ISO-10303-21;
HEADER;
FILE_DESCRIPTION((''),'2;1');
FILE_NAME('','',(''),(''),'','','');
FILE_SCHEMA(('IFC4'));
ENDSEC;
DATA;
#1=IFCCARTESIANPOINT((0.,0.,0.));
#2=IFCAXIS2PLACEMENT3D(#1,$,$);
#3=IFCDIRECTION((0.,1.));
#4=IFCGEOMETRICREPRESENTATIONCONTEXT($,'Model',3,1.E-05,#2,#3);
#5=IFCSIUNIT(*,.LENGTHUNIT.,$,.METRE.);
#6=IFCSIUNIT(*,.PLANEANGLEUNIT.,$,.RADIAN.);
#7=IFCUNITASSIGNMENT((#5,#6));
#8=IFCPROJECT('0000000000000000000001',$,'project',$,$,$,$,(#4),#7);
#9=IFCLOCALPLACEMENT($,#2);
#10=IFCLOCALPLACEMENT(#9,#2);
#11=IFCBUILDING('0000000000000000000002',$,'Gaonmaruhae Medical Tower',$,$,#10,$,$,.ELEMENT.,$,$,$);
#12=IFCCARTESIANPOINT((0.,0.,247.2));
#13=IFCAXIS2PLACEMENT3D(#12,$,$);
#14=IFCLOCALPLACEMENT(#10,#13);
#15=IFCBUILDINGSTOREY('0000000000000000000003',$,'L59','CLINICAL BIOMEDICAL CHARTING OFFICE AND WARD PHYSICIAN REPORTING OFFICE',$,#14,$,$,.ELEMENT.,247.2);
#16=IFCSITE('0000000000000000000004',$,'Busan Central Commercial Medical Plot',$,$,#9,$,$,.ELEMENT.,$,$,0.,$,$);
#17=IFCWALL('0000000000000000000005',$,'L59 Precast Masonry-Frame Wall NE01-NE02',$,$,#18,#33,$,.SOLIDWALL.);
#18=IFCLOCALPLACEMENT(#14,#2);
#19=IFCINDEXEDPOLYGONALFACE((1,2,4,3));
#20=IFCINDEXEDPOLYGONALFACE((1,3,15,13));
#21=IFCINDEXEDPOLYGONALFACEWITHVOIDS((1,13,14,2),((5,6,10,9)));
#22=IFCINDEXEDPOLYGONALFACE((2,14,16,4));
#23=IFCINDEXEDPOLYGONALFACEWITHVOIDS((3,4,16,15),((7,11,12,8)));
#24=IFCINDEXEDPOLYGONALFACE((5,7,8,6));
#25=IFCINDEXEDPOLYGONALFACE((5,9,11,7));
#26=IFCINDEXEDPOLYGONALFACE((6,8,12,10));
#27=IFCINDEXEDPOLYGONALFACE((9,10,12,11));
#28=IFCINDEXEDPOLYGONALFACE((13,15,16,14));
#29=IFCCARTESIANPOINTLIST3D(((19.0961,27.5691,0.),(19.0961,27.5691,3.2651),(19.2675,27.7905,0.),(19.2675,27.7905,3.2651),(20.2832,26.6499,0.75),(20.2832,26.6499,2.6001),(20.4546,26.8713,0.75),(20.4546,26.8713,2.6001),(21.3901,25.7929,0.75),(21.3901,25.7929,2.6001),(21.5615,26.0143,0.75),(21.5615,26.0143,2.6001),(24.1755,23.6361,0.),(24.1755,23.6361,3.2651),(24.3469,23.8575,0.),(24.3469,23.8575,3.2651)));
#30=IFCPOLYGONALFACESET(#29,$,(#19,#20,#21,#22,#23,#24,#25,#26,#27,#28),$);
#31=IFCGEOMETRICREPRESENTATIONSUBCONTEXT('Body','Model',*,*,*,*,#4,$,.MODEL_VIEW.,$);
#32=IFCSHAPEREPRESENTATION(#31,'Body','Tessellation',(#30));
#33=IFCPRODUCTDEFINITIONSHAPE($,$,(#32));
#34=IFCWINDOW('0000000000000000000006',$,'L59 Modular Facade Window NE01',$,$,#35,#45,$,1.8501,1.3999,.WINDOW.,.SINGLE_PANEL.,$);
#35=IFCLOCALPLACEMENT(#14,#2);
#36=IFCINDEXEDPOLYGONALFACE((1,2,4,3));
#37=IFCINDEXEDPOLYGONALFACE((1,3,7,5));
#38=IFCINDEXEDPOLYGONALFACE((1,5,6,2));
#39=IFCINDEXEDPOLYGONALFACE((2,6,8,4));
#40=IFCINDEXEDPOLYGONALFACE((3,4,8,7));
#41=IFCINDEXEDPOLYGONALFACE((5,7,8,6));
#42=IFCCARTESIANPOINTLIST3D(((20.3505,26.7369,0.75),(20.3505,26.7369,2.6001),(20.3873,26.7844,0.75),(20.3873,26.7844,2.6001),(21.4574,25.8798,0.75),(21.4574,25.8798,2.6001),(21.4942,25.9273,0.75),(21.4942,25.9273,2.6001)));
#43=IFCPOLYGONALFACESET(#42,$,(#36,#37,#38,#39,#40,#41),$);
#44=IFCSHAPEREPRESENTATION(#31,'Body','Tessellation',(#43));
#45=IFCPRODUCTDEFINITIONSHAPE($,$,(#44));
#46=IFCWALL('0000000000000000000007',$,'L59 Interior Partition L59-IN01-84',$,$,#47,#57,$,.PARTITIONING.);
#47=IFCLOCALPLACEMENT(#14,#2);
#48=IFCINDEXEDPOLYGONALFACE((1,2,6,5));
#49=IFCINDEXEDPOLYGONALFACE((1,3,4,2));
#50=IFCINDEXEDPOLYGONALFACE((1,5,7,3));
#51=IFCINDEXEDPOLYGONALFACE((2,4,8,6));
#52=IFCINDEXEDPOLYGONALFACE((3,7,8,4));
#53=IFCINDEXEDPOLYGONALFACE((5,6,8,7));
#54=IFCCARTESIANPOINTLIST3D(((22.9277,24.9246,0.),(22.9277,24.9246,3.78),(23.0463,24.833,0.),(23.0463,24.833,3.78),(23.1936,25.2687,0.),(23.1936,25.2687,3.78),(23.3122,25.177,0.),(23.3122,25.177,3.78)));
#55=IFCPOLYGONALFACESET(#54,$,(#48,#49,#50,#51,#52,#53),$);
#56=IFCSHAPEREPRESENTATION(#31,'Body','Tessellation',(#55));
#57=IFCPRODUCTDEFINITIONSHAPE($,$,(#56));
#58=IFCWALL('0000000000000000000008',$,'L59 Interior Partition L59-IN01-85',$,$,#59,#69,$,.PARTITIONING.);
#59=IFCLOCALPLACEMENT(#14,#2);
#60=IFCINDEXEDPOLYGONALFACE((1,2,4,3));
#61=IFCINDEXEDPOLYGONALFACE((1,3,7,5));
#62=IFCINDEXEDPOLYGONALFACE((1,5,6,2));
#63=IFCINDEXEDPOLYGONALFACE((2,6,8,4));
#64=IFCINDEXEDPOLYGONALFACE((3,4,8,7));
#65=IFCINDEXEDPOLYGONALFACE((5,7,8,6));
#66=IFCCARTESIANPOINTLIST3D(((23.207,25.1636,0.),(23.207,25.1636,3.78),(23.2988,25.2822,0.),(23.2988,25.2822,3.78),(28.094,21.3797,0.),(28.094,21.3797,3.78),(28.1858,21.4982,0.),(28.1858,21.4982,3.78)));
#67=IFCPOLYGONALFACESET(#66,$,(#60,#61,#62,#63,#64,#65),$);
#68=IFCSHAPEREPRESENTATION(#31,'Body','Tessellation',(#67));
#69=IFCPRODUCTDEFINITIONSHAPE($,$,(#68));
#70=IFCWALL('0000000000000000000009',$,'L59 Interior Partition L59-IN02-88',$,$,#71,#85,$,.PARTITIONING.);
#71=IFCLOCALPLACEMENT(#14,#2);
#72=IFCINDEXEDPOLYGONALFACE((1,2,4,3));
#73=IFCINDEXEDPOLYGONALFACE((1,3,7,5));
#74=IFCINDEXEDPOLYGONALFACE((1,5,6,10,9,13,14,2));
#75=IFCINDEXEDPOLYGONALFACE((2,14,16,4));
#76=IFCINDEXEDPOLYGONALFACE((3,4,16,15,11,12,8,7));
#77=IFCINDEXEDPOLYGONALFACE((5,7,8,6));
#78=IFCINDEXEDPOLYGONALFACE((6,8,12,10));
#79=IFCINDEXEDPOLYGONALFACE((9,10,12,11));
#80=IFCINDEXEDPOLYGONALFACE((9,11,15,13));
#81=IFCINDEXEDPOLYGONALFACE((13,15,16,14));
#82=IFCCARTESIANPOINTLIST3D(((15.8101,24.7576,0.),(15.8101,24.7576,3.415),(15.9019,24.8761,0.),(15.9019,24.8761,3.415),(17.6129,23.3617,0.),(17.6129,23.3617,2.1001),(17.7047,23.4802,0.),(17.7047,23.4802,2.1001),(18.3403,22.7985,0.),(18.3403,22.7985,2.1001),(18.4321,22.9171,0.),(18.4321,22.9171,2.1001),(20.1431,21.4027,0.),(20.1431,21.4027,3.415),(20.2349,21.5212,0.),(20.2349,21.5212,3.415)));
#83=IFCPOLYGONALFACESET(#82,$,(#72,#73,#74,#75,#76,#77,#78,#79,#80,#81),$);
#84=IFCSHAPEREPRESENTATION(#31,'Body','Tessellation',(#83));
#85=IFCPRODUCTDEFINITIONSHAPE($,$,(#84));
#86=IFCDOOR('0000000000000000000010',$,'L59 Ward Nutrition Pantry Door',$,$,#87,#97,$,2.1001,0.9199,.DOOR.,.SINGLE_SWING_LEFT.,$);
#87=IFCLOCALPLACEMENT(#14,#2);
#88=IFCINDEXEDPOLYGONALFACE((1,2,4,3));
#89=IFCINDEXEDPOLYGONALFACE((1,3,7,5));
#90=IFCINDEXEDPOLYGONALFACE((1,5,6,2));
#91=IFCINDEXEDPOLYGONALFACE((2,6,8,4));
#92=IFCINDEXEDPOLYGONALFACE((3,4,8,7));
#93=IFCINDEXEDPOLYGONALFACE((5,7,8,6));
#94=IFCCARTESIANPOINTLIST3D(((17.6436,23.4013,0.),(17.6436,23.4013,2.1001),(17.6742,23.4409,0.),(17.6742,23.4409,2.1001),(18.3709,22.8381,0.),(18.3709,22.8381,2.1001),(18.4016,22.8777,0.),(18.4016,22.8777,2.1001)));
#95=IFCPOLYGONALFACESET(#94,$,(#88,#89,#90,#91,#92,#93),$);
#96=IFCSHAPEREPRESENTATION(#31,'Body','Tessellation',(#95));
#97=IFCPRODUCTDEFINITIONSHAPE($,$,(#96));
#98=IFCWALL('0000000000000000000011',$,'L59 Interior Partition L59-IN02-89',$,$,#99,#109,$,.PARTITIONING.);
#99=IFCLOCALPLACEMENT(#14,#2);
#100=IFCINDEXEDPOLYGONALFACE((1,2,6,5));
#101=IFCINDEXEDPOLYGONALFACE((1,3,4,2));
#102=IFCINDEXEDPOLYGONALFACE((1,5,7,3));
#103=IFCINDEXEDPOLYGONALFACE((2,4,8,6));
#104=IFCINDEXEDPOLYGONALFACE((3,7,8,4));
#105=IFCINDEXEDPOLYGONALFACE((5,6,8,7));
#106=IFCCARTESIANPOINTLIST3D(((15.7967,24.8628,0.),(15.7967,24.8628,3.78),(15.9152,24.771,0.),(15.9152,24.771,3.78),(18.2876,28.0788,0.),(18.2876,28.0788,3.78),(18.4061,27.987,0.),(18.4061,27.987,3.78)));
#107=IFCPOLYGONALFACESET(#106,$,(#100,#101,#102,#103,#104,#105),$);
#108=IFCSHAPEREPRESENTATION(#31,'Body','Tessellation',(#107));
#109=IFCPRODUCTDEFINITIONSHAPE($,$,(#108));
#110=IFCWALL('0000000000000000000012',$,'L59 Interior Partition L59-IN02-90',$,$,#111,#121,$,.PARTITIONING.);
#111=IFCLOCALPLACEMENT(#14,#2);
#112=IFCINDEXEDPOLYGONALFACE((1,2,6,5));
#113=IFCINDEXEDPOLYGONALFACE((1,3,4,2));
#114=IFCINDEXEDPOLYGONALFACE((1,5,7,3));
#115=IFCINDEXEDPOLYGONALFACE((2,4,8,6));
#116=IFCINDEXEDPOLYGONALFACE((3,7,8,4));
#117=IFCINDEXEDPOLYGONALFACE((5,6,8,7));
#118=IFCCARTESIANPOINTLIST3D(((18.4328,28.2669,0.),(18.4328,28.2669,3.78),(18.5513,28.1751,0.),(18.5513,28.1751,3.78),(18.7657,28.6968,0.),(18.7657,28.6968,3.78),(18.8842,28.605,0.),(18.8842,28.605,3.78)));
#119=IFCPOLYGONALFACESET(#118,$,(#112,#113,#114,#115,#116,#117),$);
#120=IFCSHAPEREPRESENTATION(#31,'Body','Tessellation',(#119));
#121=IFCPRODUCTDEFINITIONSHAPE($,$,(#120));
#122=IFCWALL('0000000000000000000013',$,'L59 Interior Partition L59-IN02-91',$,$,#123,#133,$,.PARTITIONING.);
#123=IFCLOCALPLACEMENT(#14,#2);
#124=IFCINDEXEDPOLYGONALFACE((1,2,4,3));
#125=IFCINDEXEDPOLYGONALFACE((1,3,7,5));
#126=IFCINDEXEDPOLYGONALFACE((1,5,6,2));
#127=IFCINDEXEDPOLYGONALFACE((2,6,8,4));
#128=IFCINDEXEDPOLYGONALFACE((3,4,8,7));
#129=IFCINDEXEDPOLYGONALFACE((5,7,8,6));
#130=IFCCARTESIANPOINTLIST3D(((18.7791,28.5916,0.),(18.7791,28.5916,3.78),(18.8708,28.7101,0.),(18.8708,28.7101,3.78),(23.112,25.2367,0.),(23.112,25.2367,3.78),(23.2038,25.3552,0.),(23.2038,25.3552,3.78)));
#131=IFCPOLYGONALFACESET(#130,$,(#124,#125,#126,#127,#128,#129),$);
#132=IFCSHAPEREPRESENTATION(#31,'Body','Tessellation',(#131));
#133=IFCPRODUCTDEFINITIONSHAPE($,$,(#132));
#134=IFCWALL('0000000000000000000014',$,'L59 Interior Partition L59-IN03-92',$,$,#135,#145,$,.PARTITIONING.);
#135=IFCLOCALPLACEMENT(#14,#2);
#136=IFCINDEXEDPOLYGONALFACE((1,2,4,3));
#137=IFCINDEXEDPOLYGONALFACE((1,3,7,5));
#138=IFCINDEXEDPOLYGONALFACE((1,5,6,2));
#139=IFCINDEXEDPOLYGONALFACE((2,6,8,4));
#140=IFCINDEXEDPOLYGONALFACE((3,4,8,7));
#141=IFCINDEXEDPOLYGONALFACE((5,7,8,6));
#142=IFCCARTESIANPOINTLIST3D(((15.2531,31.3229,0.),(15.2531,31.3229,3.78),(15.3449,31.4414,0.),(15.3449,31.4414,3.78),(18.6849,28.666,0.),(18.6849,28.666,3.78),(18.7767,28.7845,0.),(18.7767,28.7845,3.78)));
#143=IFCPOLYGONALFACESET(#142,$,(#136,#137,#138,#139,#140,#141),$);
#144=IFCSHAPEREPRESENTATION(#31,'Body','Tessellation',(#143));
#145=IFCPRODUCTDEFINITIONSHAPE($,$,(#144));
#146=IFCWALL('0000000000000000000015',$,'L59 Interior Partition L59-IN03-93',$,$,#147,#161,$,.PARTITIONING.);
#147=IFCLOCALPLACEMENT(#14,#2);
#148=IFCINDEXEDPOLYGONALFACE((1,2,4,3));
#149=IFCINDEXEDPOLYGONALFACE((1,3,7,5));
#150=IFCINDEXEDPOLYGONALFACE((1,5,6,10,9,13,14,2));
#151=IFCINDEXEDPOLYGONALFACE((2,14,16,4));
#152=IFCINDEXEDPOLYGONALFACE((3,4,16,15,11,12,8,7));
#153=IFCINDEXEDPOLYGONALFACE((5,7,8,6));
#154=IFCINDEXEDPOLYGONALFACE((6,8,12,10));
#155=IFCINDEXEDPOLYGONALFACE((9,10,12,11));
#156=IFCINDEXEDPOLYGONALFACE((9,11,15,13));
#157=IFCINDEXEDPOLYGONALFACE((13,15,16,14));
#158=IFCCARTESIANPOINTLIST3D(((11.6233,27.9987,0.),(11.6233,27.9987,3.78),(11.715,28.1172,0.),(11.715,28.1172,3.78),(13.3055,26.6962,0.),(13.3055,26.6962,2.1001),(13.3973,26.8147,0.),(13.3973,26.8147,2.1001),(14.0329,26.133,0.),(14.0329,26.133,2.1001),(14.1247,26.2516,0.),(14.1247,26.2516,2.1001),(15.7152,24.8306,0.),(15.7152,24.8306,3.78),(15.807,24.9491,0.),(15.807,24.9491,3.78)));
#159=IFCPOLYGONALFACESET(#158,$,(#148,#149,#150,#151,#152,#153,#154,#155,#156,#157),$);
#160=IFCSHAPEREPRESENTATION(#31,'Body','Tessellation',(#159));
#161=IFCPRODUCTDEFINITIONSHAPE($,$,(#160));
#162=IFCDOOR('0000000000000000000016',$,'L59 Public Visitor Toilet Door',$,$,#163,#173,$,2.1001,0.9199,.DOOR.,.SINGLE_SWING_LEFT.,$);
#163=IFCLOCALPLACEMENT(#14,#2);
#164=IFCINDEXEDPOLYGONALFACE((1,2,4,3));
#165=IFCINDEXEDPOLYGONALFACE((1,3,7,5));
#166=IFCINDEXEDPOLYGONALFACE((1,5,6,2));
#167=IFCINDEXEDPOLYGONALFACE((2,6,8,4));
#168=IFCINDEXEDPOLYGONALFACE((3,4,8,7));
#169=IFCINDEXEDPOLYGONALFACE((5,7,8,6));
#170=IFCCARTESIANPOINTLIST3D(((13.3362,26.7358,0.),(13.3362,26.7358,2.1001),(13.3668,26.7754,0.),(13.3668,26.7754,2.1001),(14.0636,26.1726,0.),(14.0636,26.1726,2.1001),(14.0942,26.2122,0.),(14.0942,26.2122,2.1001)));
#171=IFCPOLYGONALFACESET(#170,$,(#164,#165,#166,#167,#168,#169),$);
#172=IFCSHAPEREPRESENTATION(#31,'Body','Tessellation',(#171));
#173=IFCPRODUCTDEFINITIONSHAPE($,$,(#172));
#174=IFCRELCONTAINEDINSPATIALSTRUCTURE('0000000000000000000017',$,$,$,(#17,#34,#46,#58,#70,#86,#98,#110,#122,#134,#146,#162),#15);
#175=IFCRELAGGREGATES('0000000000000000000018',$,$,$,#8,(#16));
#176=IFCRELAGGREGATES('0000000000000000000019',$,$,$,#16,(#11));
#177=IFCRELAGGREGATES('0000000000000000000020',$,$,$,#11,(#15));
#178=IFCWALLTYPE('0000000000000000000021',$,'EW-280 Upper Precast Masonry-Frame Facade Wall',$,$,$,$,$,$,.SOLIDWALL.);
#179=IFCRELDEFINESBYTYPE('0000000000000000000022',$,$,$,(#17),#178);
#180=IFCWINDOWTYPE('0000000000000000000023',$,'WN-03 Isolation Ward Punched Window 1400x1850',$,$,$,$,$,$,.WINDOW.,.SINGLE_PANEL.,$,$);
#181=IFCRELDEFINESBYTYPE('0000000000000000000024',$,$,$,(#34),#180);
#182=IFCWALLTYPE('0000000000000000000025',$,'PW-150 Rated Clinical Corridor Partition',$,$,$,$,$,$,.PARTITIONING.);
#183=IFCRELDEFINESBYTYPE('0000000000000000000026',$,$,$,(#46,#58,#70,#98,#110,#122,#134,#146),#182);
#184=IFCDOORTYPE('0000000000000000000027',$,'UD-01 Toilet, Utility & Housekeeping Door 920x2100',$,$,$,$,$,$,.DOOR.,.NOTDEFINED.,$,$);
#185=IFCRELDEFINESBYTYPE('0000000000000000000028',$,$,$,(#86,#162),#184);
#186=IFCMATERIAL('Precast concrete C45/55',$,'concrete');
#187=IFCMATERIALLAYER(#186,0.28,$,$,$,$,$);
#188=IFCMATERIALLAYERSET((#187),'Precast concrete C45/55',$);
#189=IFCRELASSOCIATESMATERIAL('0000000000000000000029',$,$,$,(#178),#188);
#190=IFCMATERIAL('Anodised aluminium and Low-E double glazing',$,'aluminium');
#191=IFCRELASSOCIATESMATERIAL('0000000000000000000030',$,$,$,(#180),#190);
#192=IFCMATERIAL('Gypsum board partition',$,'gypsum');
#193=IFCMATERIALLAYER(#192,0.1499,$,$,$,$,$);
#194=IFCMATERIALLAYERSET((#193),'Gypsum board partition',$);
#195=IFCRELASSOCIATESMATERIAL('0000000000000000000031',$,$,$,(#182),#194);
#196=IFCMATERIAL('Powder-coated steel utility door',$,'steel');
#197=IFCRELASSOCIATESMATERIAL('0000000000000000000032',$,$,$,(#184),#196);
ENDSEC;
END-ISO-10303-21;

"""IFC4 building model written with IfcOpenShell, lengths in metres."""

from ifc_helpers import new_model, si_unit, direction, frame, frame_2d, origin, place, context, subcontext, project, spatial, rectangle, extrude, material, layer, layer_set, type_object, element, fill, save


model = new_model("IFC4")

# Units and contexts
model_context = context("Model", 3, precision=1e-05, world=origin(), true_north=direction((0.0, 1.0)))
body_context = subcontext(model_context, "Body", "Model", "MODEL_VIEW")
ifc_project = project(units=[si_unit("LENGTHUNIT", "METRE"), si_unit("PLANEANGLEUNIT", "RADIAN")], contexts=[model_context])

# Site, building, storey
site_placement = place(None, origin())
site = spatial("IfcSite", under=ifc_project, at=site_placement, Name="Busan Central Commercial Medical Plot", CompositionType="ELEMENT", RefElevation=0.0)
building_placement = place(site_placement, origin())
building = spatial("IfcBuilding", under=site, at=building_placement, Name="Gaonmaruhae Medical Tower", CompositionType="ELEMENT")
storey_placement = place(building_placement, frame((0.0, 0.0, 247.2)))
storey = spatial("IfcBuildingStorey", under=building, at=storey_placement, Name="L59", Description="CLINICAL BIOMEDICAL CHARTING OFFICE AND WARD PHYSICIAN REPORTING OFFICE", CompositionType="ELEMENT", Elevation=247.2)

# Shared definitions
ifc_material_1 = material(Name="Precast concrete C45/55", Category="concrete")
ifc_layer_1 = layer(ifc_material_1, 0.28)
ifc_layer_set_1 = layer_set([ifc_layer_1], Name="Precast concrete C45/55")
wall_type_1 = type_object("IfcWallType", Name="EW-280 Upper Precast Masonry-Frame Facade Wall", PredefinedType="SOLIDWALL", material=ifc_layer_set_1)

# Wall, opening, window
wall_1_placement = place(storey_placement, frame((19.1819, 27.6797, 0.0), z_axis=(0.0, 0.0, 1.0), x_axis=(0.790689, -0.612218, 0.0)))
wall_1 = element("IfcWall", 1, at=wall_1_placement, inside=storey, type_object=wall_type_1, Name="L59 Precast Masonry-Frame Wall NE01-NE02", PredefinedType="SOLIDWALL", context=body_context, shape_type="SweptSolid", body=[
    extrude(rectangle(XDim=6.4241, YDim=0.28, at=frame_2d((3.2119, 0.0))), origin(), (0.0, 0.0, 1.0), 3.2651),
])
opening_1_placement = place(wall_1_placement, frame((1.5012, 0.0, 0.75)))
opening_1 = element("IfcOpeningElement", 2, at=opening_1_placement, cuts=wall_1, PredefinedType="OPENING", context=body_context, shape_type="SweptSolid", body=[
    extrude(rectangle(XDim=1.3999, YDim=1.8501, at=frame_2d((0.7, 0.925))), frame((0.0, 0.1499, 0.0), z_axis=(0.0, -1.0, 0.0), x_axis=(1.0, 0.0, 0.0)), (0.0, 0.0, 1.0), 0.3),
])
ifc_material_2 = material(Name="Anodised aluminium and Low-E double glazing", Category="aluminium")
window_type = type_object("IfcWindowType", Name="WN-03 Isolation Ward Punched Window 1400x1850", PartitioningType="SINGLE_PANEL", PredefinedType="WINDOW", material=ifc_material_2)
window_placement = place(opening_1_placement, origin())
window = element("IfcWindow", 3, at=window_placement, inside=storey, type_object=window_type, Name="L59 Modular Facade Window NE01", OverallHeight=1.8501, OverallWidth=1.3999, PartitioningType="SINGLE_PANEL", PredefinedType="WINDOW", context=body_context, shape_type="SweptSolid", body=[
    extrude(rectangle(XDim=1.3999, YDim=1.8501, at=frame_2d((0.7, 0.925))), frame((0.0, 0.03, 0.0), z_axis=(0.0, -1.0, 0.0), x_axis=(1.0, 0.0, 0.0)), (0.0, 0.0, 1.0), 0.0601),
])
fill(opening_1, window)

# Walls
ifc_material_3 = material(Name="Gypsum board partition", Category="gypsum")
ifc_layer_2 = layer(ifc_material_3, 0.1499)
ifc_layer_set_2 = layer_set([ifc_layer_2], Name="Gypsum board partition")
wall_type_2 = type_object("IfcWallType", Name="PW-150 Rated Clinical Corridor Partition", PredefinedType="PARTITIONING", material=ifc_layer_set_2)
wall_2_placement = place(storey_placement, frame((22.9871, 24.8789, 0.0), z_axis=(0.0, 0.0, 1.0), x_axis=(0.611527, 0.791223, 0.0)))
element("IfcWall", 4, at=wall_2_placement, inside=storey, type_object=wall_type_2, Name="L59 Interior Partition L59-IN01-84", PredefinedType="PARTITIONING", context=body_context, shape_type="SweptSolid", body=[
    extrude(rectangle(XDim=0.4348, YDim=0.1499, at=frame_2d((0.2173, 0.0))), origin(), (0.0, 0.0, 1.0), 3.78),
])
wall_3_placement = place(storey_placement, frame((23.2529, 25.2229, 0.0), z_axis=(0.0, 0.0, 1.0), x_axis=(0.790686, -0.612222, 0.0)))
element("IfcWall", 5, at=wall_3_placement, inside=storey, type_object=wall_type_2, Name="L59 Interior Partition L59-IN01-85", PredefinedType="PARTITIONING", context=body_context, shape_type="SweptSolid", body=[
    extrude(rectangle(XDim=6.1807, YDim=0.1499, at=frame_2d((3.0903, 0.0))), origin(), (0.0, 0.0, 1.0), 3.78),
])

# Wall, opening, door
wall_4_placement = place(storey_placement, frame((20.189, 21.4619, 0.0), z_axis=(0.0, 0.0, 1.0), x_axis=(-0.790689, 0.612218, 0.0)))
wall_4 = element("IfcWall", 6, at=wall_4_placement, inside=storey, type_object=wall_type_2, Name="L59 Interior Partition L59-IN02-88", PredefinedType="PARTITIONING", context=body_context, shape_type="SweptSolid", body=[
    extrude(rectangle(XDim=5.48, YDim=0.1499, at=frame_2d((2.74, 0.0))), origin(), (0.0, 0.0, 1.0), 3.415),
])
opening_2_placement = place(wall_4_placement, frame((2.28, 0.0, 0.0)))
opening_2 = element("IfcOpeningElement", 7, at=opening_2_placement, cuts=wall_4, PredefinedType="OPENING", context=body_context, shape_type="SweptSolid", body=[
    extrude(rectangle(XDim=0.9199, YDim=2.1001, at=frame_2d((0.46, 1.05))), frame((0.0, 0.085, 0.0), z_axis=(0.0, -1.0, 0.0), x_axis=(1.0, 0.0, 0.0)), (0.0, 0.0, 1.0), 0.1699),
])
ifc_material_4 = material(Name="Powder-coated steel utility door", Category="steel")
door_type = type_object("IfcDoorType", Name="UD-01 Toilet, Utility & Housekeeping Door 920x2100", OperationType="NOTDEFINED", PredefinedType="DOOR", material=ifc_material_4)
door_1_placement = place(opening_2_placement, origin())
door_1 = element("IfcDoor", 8, at=door_1_placement, inside=storey, type_object=door_type, Name="L59 Ward Nutrition Pantry Door", OperationType="SINGLE_SWING_LEFT", OverallHeight=2.1001, OverallWidth=0.9199, PredefinedType="DOOR", context=body_context, shape_type="SweptSolid", body=[
    extrude(rectangle(XDim=0.9199, YDim=2.1001, at=frame_2d((0.46, 1.05))), frame((0.0, 0.0249, 0.0), z_axis=(0.0, -1.0, 0.0), x_axis=(1.0, 0.0, 0.0)), (0.0, 0.0, 1.0), 0.05),
])
fill(opening_2, door_1)

# Walls
wall_5_placement = place(storey_placement, frame((15.856, 24.8169, 0.0), z_axis=(0.0, 0.0, 1.0), x_axis=(0.612344, 0.790592, 0.0)))
element("IfcWall", 9, at=wall_5_placement, inside=storey, type_object=wall_type_2, Name="L59 Interior Partition L59-IN02-89", PredefinedType="PARTITIONING", context=body_context, shape_type="SweptSolid", body=[
    extrude(rectangle(XDim=4.0679, YDim=0.1499, at=frame_2d((2.0339, 0.0))), origin(), (0.0, 0.0, 1.0), 3.78),
])
wall_6_placement = place(storey_placement, frame((18.4919, 28.2209, 0.0), z_axis=(0.0, 0.0, 1.0), x_axis=(0.612354, 0.790583, 0.0)))
element("IfcWall", 10, at=wall_6_placement, inside=storey, type_object=wall_type_2, Name="L59 Interior Partition L59-IN02-90", PredefinedType="PARTITIONING", context=body_context, shape_type="SweptSolid", body=[
    extrude(rectangle(XDim=0.5437, YDim=0.1499, at=frame_2d((0.272, 0.0))), origin(), (0.0, 0.0, 1.0), 3.78),
])
wall_7_placement = place(storey_placement, frame((18.825, 28.6509, 0.0), z_axis=(0.0, 0.0, 1.0), x_axis=(0.790689, -0.612218, 0.0)))
element("IfcWall", 11, at=wall_7_placement, inside=storey, type_object=wall_type_2, Name="L59 Interior Partition L59-IN02-91", PredefinedType="PARTITIONING", context=body_context, shape_type="SweptSolid", body=[
    extrude(rectangle(XDim=5.48, YDim=0.1499, at=frame_2d((2.74, 0.0))), origin(), (0.0, 0.0, 1.0), 3.78),
])
wall_8_placement = place(storey_placement, frame((15.2991, 31.3821, 0.0), z_axis=(0.0, 0.0, 1.0), x_axis=(0.790719, -0.612179, 0.0)))
element("IfcWall", 12, at=wall_8_placement, inside=storey, type_object=wall_type_2, Name="L59 Interior Partition L59-IN03-92", PredefinedType="PARTITIONING", context=body_context, shape_type="SweptSolid", body=[
    extrude(rectangle(XDim=4.3401, YDim=0.1499, at=frame_2d((2.1699, 0.0))), origin(), (0.0, 0.0, 1.0), 3.78),
])

# Wall, opening, door
wall_9_placement = place(storey_placement, frame((15.761, 24.8899, 0.0), z_axis=(0.0, 0.0, 1.0), x_axis=(-0.790707, 0.612195, 0.0)))
wall_9 = element("IfcWall", 13, at=wall_9_placement, inside=storey, type_object=wall_type_2, Name="L59 Interior Partition L59-IN03-93", PredefinedType="PARTITIONING", context=body_context, shape_type="SweptSolid", body=[
    extrude(rectangle(XDim=5.175, YDim=0.1499, at=frame_2d((2.5874, 0.0))), origin(), (0.0, 0.0, 1.0), 3.78),
])
opening_3_placement = place(wall_9_placement, frame((2.1274, 0.0, 0.0)))
opening_3 = element("IfcOpeningElement", 14, at=opening_3_placement, cuts=wall_9, PredefinedType="OPENING", context=body_context, shape_type="SweptSolid", body=[
    extrude(rectangle(XDim=0.9199, YDim=2.1001, at=frame_2d((0.46, 1.05))), frame((0.0, 0.085, 0.0), z_axis=(0.0, -1.0, 0.0), x_axis=(1.0, 0.0, 0.0)), (0.0, 0.0, 1.0), 0.1699),
])
door_2_placement = place(opening_3_placement, origin())
door_2 = element("IfcDoor", 15, at=door_2_placement, inside=storey, type_object=door_type, Name="L59 Public Visitor Toilet Door", OperationType="SINGLE_SWING_LEFT", OverallHeight=2.1001, OverallWidth=0.9199, PredefinedType="DOOR", context=body_context, shape_type="SweptSolid", body=[
    extrude(rectangle(XDim=0.9199, YDim=2.1001, at=frame_2d((0.46, 1.05))), frame((0.0, 0.0249, 0.0), z_axis=(0.0, -1.0, 0.0), x_axis=(1.0, 0.0, 0.0)), (0.0, 0.0, 1.0), 0.05),
])
fill(opening_3, door_2)

save(model, "model.ifc")
